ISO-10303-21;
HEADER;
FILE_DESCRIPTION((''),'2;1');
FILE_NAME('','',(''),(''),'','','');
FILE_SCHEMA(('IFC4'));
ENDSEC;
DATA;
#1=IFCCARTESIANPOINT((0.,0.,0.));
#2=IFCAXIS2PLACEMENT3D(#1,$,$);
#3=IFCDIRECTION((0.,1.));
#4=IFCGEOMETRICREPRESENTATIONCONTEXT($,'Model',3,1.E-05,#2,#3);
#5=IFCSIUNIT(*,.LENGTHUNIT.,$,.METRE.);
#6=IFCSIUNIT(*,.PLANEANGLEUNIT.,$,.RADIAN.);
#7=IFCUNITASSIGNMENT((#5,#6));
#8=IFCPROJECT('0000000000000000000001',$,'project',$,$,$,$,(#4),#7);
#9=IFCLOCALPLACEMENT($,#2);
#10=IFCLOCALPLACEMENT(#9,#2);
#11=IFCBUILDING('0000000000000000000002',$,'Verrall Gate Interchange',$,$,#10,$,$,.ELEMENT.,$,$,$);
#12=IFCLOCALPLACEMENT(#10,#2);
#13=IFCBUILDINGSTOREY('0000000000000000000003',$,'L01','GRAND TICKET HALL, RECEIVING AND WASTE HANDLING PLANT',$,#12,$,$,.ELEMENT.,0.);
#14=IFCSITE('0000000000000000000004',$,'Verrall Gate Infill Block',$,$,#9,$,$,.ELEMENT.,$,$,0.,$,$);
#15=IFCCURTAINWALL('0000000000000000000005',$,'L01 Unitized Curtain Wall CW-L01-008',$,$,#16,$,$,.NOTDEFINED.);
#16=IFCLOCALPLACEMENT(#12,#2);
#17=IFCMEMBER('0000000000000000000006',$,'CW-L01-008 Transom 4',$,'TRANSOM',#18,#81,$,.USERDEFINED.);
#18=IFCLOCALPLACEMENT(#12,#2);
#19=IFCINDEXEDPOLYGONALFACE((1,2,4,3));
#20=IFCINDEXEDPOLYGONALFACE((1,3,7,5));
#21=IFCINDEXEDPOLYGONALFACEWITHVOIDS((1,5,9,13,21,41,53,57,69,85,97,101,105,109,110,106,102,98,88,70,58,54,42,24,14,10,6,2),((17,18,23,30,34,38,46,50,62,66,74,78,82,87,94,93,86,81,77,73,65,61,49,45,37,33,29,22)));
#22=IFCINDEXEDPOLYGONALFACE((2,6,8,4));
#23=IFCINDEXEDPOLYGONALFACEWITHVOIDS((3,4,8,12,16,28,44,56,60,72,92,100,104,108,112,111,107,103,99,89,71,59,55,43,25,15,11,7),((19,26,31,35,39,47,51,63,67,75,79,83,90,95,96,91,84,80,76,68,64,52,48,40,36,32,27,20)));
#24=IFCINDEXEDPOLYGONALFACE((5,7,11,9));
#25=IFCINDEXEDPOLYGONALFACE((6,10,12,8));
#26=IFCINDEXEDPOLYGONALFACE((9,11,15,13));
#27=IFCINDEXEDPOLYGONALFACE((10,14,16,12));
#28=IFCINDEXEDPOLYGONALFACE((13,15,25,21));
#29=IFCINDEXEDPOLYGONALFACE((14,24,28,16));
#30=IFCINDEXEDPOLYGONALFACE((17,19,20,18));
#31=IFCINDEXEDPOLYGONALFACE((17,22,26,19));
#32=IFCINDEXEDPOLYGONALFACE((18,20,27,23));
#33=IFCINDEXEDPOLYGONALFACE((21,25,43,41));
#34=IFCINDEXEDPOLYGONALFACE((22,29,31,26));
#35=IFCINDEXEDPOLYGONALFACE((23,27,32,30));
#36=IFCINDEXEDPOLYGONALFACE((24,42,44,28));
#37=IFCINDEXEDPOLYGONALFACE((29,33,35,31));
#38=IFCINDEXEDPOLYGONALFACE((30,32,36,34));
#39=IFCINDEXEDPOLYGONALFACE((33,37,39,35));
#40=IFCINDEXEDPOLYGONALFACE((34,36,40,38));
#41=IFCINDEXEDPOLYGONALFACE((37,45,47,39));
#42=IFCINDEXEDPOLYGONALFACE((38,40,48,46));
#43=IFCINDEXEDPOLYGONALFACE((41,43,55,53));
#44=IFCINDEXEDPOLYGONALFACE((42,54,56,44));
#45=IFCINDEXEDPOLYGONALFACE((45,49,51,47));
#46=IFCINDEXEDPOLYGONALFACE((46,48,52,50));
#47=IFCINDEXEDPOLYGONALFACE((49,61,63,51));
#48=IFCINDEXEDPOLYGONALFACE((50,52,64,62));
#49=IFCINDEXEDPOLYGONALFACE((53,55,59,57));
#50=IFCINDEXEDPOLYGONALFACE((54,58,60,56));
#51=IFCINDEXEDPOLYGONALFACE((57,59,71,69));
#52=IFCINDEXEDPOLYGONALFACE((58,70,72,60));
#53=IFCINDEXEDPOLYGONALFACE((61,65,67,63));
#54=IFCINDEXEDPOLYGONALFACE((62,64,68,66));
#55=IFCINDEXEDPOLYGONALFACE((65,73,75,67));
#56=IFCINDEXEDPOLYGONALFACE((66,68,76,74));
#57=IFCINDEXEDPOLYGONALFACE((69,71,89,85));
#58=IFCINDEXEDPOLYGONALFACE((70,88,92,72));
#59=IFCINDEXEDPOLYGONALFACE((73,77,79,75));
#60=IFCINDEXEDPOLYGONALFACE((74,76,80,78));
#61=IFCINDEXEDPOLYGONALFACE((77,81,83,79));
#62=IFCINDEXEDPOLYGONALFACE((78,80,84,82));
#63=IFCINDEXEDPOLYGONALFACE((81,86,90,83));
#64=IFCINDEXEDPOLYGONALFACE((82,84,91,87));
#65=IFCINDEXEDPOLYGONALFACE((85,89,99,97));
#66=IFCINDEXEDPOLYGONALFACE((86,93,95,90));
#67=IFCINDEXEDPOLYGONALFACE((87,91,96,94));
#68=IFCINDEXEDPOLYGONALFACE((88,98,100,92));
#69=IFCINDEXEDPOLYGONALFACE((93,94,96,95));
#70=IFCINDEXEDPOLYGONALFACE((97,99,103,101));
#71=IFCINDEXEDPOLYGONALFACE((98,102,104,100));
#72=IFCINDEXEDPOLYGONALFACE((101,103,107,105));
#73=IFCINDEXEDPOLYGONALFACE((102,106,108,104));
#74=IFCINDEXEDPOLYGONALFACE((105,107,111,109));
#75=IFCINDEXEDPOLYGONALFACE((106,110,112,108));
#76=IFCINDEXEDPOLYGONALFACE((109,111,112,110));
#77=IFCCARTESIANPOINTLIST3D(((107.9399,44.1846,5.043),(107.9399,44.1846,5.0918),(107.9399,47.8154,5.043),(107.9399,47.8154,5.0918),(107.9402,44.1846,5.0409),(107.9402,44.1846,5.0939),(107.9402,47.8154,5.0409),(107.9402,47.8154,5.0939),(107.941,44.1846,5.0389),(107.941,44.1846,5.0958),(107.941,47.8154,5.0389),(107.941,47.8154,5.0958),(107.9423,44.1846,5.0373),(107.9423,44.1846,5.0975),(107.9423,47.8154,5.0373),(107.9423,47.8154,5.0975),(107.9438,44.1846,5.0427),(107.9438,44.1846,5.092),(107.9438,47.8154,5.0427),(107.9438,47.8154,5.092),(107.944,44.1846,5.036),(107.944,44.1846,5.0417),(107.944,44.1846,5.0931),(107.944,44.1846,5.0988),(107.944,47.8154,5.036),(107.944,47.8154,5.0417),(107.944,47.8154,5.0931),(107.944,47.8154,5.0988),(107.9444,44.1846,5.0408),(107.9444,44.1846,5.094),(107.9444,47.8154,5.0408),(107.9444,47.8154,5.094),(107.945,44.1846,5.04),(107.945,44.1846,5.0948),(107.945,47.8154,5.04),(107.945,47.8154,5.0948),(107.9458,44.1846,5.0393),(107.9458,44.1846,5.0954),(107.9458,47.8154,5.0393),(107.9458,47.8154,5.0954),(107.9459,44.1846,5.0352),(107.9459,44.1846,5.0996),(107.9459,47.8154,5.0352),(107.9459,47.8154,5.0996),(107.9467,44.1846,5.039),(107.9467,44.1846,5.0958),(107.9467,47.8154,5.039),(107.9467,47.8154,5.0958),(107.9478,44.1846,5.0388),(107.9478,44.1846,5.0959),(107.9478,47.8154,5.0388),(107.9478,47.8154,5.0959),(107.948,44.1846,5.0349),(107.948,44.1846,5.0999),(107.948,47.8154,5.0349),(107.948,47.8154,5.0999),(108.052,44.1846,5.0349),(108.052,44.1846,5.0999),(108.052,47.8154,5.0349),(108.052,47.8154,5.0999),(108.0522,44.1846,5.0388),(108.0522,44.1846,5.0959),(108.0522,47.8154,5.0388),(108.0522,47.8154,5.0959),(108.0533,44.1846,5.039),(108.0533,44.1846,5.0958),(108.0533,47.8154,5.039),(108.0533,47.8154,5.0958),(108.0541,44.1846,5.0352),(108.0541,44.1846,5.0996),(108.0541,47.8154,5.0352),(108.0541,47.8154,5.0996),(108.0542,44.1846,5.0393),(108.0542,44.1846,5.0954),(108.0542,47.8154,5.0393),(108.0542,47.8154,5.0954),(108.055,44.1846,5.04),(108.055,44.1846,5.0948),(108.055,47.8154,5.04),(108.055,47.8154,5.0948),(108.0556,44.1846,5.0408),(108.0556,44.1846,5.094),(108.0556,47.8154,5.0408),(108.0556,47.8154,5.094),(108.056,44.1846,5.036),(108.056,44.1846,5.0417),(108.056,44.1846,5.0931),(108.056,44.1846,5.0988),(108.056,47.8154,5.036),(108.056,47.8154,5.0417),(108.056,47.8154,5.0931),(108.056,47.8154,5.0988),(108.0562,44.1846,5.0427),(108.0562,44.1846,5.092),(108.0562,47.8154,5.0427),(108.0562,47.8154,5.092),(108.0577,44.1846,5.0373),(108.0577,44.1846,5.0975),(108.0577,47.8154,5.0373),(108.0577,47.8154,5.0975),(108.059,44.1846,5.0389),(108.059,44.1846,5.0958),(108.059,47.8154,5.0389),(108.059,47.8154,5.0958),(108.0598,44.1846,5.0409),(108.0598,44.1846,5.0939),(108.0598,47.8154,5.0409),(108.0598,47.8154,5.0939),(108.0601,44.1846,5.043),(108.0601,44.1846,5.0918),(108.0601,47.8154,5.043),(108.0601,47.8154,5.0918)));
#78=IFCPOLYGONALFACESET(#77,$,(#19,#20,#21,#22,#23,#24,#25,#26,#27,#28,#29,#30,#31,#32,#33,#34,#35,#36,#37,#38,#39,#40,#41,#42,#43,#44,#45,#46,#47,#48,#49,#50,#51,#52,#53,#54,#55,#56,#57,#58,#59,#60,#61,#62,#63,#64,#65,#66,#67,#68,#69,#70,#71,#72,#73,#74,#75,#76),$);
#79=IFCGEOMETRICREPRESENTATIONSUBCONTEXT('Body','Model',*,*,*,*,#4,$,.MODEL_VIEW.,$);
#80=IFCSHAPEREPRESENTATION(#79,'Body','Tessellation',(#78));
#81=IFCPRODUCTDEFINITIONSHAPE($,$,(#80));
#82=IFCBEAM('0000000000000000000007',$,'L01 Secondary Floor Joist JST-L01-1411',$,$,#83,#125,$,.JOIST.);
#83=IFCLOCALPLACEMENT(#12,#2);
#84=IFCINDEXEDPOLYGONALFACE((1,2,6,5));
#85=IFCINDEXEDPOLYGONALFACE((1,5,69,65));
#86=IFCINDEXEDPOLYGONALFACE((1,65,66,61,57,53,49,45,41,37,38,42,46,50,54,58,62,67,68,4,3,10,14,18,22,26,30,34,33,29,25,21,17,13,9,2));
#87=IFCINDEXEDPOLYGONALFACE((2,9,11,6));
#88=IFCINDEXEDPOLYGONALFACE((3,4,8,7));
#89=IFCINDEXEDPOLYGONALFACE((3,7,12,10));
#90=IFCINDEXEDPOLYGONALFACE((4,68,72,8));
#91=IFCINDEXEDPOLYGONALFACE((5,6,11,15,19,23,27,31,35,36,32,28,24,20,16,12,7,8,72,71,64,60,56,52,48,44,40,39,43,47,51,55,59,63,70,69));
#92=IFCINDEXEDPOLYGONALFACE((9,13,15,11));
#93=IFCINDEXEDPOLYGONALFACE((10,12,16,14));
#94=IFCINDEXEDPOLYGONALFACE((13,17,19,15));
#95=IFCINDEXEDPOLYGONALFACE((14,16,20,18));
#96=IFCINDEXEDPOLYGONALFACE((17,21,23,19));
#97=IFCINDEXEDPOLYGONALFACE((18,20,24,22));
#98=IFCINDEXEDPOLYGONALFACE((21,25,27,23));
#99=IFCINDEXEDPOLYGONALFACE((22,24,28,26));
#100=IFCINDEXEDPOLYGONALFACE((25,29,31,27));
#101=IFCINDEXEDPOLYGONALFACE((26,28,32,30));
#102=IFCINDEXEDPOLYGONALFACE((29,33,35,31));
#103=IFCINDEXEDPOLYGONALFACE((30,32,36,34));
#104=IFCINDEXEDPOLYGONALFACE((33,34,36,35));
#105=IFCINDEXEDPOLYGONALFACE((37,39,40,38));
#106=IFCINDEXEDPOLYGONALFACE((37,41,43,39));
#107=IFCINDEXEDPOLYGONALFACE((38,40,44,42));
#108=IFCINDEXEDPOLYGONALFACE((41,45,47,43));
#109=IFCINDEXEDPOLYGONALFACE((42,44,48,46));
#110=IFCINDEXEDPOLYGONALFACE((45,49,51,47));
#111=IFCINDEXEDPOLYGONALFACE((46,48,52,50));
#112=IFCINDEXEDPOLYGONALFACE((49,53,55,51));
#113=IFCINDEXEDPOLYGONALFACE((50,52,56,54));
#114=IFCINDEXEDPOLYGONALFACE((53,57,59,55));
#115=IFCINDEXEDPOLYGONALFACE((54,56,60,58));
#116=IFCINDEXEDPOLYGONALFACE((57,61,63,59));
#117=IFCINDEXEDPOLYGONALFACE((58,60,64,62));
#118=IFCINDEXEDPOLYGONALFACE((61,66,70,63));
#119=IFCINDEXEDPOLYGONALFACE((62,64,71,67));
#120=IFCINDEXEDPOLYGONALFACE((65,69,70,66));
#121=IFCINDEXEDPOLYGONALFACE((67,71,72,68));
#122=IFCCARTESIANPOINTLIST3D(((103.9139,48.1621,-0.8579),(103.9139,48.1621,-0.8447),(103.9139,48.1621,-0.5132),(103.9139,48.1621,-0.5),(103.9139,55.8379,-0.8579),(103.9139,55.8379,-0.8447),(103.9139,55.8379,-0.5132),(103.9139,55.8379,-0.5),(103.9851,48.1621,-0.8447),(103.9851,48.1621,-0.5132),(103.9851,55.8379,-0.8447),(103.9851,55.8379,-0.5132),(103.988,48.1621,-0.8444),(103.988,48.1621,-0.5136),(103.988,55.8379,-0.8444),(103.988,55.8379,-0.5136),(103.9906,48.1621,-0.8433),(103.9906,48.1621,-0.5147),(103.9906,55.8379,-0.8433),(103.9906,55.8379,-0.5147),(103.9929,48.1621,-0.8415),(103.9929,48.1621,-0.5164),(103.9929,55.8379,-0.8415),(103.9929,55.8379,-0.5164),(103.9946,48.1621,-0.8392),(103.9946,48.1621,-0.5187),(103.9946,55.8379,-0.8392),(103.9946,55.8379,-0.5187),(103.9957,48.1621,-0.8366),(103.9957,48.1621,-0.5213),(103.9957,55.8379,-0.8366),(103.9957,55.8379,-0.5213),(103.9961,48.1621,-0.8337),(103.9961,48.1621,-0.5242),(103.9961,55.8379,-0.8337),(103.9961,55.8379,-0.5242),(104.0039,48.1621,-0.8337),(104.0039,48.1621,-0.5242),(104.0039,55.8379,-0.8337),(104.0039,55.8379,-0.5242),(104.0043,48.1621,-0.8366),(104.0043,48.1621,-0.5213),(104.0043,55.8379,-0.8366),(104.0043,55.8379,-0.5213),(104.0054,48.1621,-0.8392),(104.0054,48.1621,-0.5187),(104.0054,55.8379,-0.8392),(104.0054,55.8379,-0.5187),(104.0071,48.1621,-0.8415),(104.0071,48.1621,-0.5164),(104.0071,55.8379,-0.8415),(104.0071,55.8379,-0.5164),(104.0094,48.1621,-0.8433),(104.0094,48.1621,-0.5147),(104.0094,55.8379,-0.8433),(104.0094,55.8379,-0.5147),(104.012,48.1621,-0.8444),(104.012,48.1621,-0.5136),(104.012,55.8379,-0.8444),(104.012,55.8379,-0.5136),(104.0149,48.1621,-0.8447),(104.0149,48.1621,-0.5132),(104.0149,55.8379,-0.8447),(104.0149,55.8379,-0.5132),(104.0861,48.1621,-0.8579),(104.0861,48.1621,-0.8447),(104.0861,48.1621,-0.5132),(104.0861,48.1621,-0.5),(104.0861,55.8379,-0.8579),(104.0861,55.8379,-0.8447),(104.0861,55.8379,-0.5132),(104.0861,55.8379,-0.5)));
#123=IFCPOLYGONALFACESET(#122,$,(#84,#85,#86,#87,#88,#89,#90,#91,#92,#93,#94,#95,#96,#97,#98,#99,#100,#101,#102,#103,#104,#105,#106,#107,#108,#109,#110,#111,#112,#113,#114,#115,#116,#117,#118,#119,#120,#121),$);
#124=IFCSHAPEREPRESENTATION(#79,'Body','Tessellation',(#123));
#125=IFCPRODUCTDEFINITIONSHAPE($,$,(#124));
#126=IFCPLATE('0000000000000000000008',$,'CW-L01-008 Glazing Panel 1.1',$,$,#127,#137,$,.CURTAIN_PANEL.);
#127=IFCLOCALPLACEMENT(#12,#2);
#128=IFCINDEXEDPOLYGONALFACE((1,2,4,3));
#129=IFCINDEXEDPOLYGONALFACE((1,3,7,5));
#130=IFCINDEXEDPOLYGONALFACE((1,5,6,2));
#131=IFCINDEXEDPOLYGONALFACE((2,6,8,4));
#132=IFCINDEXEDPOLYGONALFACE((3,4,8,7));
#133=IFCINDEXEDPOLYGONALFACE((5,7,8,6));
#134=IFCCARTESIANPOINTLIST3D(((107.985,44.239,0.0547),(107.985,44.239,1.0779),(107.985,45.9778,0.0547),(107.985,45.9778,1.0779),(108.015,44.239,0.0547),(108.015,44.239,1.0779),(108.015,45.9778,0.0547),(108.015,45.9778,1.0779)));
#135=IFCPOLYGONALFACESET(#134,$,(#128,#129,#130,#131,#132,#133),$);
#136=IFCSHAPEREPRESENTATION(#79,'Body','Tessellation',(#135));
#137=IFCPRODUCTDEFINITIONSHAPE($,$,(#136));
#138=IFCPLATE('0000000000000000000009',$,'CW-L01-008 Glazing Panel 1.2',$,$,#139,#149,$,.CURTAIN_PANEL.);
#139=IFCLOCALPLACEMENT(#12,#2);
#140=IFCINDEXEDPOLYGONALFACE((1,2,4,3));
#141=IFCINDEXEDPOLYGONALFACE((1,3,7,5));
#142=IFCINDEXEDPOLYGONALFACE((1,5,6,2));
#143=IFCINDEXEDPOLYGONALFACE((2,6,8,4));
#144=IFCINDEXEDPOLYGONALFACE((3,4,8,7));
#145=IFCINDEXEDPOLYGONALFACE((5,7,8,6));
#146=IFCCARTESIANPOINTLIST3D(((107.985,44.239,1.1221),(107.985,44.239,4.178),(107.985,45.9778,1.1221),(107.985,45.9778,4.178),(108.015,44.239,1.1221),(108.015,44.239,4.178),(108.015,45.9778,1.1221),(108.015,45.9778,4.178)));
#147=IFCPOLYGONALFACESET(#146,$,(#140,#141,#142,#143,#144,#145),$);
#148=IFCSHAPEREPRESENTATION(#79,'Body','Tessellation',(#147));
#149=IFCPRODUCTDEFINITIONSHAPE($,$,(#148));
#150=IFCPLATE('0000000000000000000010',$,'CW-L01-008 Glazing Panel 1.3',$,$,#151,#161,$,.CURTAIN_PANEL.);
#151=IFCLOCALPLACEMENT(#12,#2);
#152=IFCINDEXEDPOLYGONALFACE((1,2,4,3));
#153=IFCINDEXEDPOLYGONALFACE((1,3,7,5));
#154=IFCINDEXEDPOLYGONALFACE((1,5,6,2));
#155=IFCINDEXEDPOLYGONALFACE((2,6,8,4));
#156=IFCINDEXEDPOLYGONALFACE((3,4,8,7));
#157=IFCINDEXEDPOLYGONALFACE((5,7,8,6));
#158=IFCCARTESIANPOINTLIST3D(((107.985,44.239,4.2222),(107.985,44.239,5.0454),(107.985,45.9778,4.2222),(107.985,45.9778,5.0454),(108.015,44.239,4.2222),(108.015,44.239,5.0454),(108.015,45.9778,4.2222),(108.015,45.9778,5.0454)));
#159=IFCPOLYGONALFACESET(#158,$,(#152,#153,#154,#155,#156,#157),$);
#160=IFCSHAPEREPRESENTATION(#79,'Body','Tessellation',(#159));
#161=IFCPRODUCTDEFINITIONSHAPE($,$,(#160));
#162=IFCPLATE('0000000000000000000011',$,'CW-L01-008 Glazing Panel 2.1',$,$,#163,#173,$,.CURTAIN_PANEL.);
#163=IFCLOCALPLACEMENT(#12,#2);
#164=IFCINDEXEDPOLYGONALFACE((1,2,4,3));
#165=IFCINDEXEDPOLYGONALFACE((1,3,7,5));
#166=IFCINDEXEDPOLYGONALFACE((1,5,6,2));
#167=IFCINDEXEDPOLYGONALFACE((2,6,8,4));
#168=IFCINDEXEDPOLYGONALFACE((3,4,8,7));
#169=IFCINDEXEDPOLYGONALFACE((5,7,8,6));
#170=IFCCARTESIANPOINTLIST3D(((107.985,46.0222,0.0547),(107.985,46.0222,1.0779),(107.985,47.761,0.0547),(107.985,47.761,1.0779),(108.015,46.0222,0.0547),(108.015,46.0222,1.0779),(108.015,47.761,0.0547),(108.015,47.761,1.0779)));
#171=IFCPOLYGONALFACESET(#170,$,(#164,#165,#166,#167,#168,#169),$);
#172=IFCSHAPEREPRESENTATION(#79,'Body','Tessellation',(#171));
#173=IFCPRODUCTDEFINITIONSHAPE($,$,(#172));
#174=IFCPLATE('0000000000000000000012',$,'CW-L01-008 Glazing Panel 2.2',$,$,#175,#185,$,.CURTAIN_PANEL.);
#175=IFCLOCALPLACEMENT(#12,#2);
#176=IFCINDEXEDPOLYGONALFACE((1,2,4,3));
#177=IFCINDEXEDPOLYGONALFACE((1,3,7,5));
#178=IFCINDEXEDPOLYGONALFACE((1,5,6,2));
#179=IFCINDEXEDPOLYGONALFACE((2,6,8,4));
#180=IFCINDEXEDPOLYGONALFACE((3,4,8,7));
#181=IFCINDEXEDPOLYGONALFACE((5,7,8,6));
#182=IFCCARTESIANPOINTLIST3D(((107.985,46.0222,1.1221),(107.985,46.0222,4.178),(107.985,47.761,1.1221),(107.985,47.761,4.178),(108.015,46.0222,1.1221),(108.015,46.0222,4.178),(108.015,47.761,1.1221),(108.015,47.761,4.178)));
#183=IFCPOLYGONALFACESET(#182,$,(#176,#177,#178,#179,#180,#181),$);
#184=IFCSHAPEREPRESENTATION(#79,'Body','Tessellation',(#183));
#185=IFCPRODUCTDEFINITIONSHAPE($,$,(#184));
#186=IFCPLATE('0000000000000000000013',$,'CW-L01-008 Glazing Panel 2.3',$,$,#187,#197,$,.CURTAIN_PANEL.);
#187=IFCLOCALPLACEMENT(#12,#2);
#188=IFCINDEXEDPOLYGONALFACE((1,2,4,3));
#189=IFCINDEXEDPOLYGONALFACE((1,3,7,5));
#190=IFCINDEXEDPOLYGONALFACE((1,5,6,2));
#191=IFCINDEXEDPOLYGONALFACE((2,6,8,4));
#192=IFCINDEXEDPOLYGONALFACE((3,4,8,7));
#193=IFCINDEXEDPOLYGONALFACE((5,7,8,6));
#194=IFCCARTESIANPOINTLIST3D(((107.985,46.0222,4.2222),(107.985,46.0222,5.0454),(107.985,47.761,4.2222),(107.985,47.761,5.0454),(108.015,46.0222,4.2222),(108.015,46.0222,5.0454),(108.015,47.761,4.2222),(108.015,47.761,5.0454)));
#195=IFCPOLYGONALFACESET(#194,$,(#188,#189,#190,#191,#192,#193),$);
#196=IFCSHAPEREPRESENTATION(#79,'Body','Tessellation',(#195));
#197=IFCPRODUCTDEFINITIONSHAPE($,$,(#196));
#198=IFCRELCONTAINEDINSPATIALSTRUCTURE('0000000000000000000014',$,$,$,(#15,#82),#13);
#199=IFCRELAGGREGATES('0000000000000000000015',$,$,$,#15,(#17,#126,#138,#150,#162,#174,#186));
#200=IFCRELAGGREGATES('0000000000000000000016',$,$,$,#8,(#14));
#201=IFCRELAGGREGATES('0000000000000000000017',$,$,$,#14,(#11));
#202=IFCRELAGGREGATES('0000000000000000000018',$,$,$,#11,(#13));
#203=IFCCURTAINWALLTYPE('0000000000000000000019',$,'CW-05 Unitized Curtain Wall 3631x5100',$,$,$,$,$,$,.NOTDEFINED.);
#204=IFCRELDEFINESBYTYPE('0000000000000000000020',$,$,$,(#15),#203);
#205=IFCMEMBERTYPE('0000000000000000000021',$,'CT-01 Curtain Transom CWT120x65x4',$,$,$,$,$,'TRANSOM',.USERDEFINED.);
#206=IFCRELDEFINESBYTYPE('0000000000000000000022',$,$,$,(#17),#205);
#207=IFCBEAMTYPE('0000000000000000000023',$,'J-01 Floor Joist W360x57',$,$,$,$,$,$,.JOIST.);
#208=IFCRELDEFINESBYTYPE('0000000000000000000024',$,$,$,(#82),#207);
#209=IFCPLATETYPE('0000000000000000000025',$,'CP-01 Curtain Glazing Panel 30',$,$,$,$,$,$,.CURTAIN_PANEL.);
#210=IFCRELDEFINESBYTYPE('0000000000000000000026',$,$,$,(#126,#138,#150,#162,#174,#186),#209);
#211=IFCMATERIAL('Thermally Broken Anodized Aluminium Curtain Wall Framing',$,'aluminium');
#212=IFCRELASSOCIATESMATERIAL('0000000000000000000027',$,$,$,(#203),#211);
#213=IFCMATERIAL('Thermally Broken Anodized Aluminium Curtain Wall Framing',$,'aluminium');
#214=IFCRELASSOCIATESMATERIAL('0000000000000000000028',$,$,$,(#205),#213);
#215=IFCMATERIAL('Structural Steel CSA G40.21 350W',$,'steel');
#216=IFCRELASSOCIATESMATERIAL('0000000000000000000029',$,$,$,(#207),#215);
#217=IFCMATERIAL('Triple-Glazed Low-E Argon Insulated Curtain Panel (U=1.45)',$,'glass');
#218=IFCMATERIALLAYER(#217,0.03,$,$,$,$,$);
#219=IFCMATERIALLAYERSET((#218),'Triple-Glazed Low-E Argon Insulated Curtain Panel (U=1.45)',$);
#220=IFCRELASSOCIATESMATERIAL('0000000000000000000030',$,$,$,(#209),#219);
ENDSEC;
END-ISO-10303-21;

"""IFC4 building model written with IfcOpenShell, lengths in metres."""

from ifc_helpers import new_model, si_unit, direction, frame, origin, origin_2d, place, context, subcontext, project, spatial, rectangle, hollow_rectangle, i_section, extrude, material, layer, layer_set, material_profile, profile_set, type_object, element, aggregate, save


model = new_model("IFC4")

# Units and contexts
model_context = context("Model", 3, precision=1e-05, world=origin(), true_north=direction((0.0, 1.0)))
body_context = subcontext(model_context, "Body", "Model", "MODEL_VIEW")
ifc_project = project(units=[si_unit("LENGTHUNIT", "METRE"), si_unit("PLANEANGLEUNIT", "RADIAN")], contexts=[model_context])

# Site, building, storey
site_placement = place(None, origin())
site = spatial("IfcSite", under=ifc_project, at=site_placement, Name="Verrall Gate Infill Block", CompositionType="ELEMENT", RefElevation=0.0)
building_placement = place(site_placement, origin())
building = spatial("IfcBuilding", under=site, at=building_placement, Name="Verrall Gate Interchange", CompositionType="ELEMENT")
storey_placement = place(building_placement, origin())
storey = spatial("IfcBuildingStorey", under=building, at=storey_placement, Name="L01", Description="GRAND TICKET HALL, RECEIVING AND WASTE HANDLING PLANT", CompositionType="ELEMENT", Elevation=0.0)

# Curtain wall
ifc_material_1 = material(Name="Thermally Broken Anodized Aluminium Curtain Wall Framing", Category="aluminium")
curtain_wall_type_1 = type_object("IfcCurtainWallType", Name="CW-05 Unitized Curtain Wall 3631x5100", PredefinedType="NOTDEFINED", material=ifc_material_1)
curtain_wall_1_placement = place(storey_placement, origin())
curtain_wall_1 = element("IfcCurtainWall", 1, at=curtain_wall_1_placement, inside=storey, type_object=curtain_wall_type_1, Name="L01 Unitized Curtain Wall CW-L01-008", PredefinedType="NOTDEFINED")

# Member
ifc_material_2 = material(Name="Thermally Broken Anodized Aluminium Curtain Wall Framing", Category="aluminium")
ifc_material_profile_1 = material_profile(ifc_material_2, hollow_rectangle(XDim=0.1201, YDim=0.0649, WallThickness=0.0039, InnerFilletRadius=0.0039, OuterFilletRadius=0.0081, at=origin_2d()), Name="CWT120x65x4")
ifc_profile_set_1 = profile_set([ifc_material_profile_1], Name="Thermally Broken Anodized Aluminium Curtain Wall Framing")
member_type_1 = type_object("IfcMemberType", Name="CT-01 Curtain Transom CWT120x65x4", ElementType="TRANSOM", PredefinedType="USERDEFINED", material=ifc_profile_set_1)
member_1_placement = place(storey_placement, frame((108.0, 44.1846, 5.0674), z_axis=(0.0, 1.0, 0.0), x_axis=(-1.0, 0.0, 0.0)))
member_1 = element("IfcMember", 2, at=member_1_placement, type_object=member_type_1, Name="CW-L01-008 Transom 4", ObjectType="TRANSOM", PredefinedType="USERDEFINED", context=body_context, shape_type="SweptSolid", body=[
    extrude(hollow_rectangle(XDim=0.1201, YDim=0.0649, WallThickness=0.0039, InnerFilletRadius=0.0039, OuterFilletRadius=0.0081, at=origin_2d()), origin(), (0.0, 0.0, 1.0), 3.6309),
])

# Beam
ifc_material_3 = material(Name="Structural Steel CSA G40.21 350W", Category="steel")
ifc_material_profile_2 = material_profile(ifc_material_3, i_section(OverallWidth=0.1721, OverallDepth=0.3579, WebThickness=0.0078, FlangeThickness=0.0132, FilletRadius=0.011, at=origin_2d()), Name="W360x57")
ifc_profile_set_2 = profile_set([ifc_material_profile_2], Name="Structural Steel CSA G40.21 350W")
beam_type_1 = type_object("IfcBeamType", Name="J-01 Floor Joist W360x57", PredefinedType="JOIST", material=ifc_profile_set_2)
beam_1_placement = place(storey_placement, frame((104.0, 48.1621, -0.679), z_axis=(0.0, 1.0, 0.0), x_axis=(-1.0, 0.0, 0.0)))
element("IfcBeam", 3, at=beam_1_placement, inside=storey, type_object=beam_type_1, Name="L01 Secondary Floor Joist JST-L01-1411", PredefinedType="JOIST", context=body_context, shape_type="SweptSolid", body=[
    extrude(i_section(OverallWidth=0.1721, OverallDepth=0.3579, WebThickness=0.0078, FlangeThickness=0.0132, FilletRadius=0.011, at=origin_2d()), origin(), (0.0, 0.0, 1.0), 7.6758),
])

# Plates
ifc_material_4 = material(Name="Triple-Glazed Low-E Argon Insulated Curtain Panel (U=1.45)", Category="glass")
ifc_layer_1 = layer(ifc_material_4, 0.03)
ifc_layer_set_1 = layer_set([ifc_layer_1], Name="Triple-Glazed Low-E Argon Insulated Curtain Panel (U=1.45)")
plate_type_1 = type_object("IfcPlateType", Name="CP-01 Curtain Glazing Panel 30", PredefinedType="CURTAIN_PANEL", material=ifc_layer_set_1)
plate_1_placement = place(storey_placement, frame((108.0, 45.1084, 0.0547), z_axis=(0.0, 0.0, 1.0), x_axis=(0.0, 1.0, 0.0)))
plate_1 = element("IfcPlate", 4, at=plate_1_placement, type_object=plate_type_1, Name="CW-L01-008 Glazing Panel 1.1", PredefinedType="CURTAIN_PANEL", context=body_context, shape_type="SweptSolid", body=[
    extrude(rectangle(XDim=1.7388, YDim=0.03, at=origin_2d()), origin(), (0.0, 0.0, 1.0), 1.0232),
])
plate_2_placement = place(storey_placement, frame((108.0, 45.1084, 1.1221), z_axis=(0.0, 0.0, 1.0), x_axis=(0.0, 1.0, 0.0)))
plate_2 = element("IfcPlate", 5, at=plate_2_placement, type_object=plate_type_1, Name="CW-L01-008 Glazing Panel 1.2", PredefinedType="CURTAIN_PANEL", context=body_context, shape_type="SweptSolid", body=[
    extrude(rectangle(XDim=1.7388, YDim=0.03, at=origin_2d()), origin(), (0.0, 0.0, 1.0), 3.0559),
])
plate_3_placement = place(storey_placement, frame((108.0, 45.1084, 4.2222), z_axis=(0.0, 0.0, 1.0), x_axis=(0.0, 1.0, 0.0)))
plate_3 = element("IfcPlate", 6, at=plate_3_placement, type_object=plate_type_1, Name="CW-L01-008 Glazing Panel 1.3", PredefinedType="CURTAIN_PANEL", context=body_context, shape_type="SweptSolid", body=[
    extrude(rectangle(XDim=1.7388, YDim=0.03, at=origin_2d()), origin(), (0.0, 0.0, 1.0), 0.8232),
])
plate_4_placement = place(storey_placement, frame((108.0, 46.8916, 0.0547), z_axis=(0.0, 0.0, 1.0), x_axis=(0.0, 1.0, 0.0)))
plate_4 = element("IfcPlate", 7, at=plate_4_placement, type_object=plate_type_1, Name="CW-L01-008 Glazing Panel 2.1", PredefinedType="CURTAIN_PANEL", context=body_context, shape_type="SweptSolid", body=[
    extrude(rectangle(XDim=1.7388, YDim=0.03, at=origin_2d()), origin(), (0.0, 0.0, 1.0), 1.0232),
])
plate_5_placement = place(storey_placement, frame((108.0, 46.8916, 1.1221), z_axis=(0.0, 0.0, 1.0), x_axis=(0.0, 1.0, 0.0)))
plate_5 = element("IfcPlate", 8, at=plate_5_placement, type_object=plate_type_1, Name="CW-L01-008 Glazing Panel 2.2", PredefinedType="CURTAIN_PANEL", context=body_context, shape_type="SweptSolid", body=[
    extrude(rectangle(XDim=1.7388, YDim=0.03, at=origin_2d()), origin(), (0.0, 0.0, 1.0), 3.0559),
])
plate_6_placement = place(storey_placement, frame((108.0, 46.8916, 4.2222), z_axis=(0.0, 0.0, 1.0), x_axis=(0.0, 1.0, 0.0)))
plate_6 = element("IfcPlate", 9, at=plate_6_placement, type_object=plate_type_1, Name="CW-L01-008 Glazing Panel 2.3", PredefinedType="CURTAIN_PANEL", context=body_context, shape_type="SweptSolid", body=[
    extrude(rectangle(XDim=1.7388, YDim=0.03, at=origin_2d()), origin(), (0.0, 0.0, 1.0), 0.8232),
])
aggregate(curtain_wall_1, [member_1, plate_1, plate_2, plate_3, plate_4, plate_5, plate_6])

save(model, "model.ifc")
